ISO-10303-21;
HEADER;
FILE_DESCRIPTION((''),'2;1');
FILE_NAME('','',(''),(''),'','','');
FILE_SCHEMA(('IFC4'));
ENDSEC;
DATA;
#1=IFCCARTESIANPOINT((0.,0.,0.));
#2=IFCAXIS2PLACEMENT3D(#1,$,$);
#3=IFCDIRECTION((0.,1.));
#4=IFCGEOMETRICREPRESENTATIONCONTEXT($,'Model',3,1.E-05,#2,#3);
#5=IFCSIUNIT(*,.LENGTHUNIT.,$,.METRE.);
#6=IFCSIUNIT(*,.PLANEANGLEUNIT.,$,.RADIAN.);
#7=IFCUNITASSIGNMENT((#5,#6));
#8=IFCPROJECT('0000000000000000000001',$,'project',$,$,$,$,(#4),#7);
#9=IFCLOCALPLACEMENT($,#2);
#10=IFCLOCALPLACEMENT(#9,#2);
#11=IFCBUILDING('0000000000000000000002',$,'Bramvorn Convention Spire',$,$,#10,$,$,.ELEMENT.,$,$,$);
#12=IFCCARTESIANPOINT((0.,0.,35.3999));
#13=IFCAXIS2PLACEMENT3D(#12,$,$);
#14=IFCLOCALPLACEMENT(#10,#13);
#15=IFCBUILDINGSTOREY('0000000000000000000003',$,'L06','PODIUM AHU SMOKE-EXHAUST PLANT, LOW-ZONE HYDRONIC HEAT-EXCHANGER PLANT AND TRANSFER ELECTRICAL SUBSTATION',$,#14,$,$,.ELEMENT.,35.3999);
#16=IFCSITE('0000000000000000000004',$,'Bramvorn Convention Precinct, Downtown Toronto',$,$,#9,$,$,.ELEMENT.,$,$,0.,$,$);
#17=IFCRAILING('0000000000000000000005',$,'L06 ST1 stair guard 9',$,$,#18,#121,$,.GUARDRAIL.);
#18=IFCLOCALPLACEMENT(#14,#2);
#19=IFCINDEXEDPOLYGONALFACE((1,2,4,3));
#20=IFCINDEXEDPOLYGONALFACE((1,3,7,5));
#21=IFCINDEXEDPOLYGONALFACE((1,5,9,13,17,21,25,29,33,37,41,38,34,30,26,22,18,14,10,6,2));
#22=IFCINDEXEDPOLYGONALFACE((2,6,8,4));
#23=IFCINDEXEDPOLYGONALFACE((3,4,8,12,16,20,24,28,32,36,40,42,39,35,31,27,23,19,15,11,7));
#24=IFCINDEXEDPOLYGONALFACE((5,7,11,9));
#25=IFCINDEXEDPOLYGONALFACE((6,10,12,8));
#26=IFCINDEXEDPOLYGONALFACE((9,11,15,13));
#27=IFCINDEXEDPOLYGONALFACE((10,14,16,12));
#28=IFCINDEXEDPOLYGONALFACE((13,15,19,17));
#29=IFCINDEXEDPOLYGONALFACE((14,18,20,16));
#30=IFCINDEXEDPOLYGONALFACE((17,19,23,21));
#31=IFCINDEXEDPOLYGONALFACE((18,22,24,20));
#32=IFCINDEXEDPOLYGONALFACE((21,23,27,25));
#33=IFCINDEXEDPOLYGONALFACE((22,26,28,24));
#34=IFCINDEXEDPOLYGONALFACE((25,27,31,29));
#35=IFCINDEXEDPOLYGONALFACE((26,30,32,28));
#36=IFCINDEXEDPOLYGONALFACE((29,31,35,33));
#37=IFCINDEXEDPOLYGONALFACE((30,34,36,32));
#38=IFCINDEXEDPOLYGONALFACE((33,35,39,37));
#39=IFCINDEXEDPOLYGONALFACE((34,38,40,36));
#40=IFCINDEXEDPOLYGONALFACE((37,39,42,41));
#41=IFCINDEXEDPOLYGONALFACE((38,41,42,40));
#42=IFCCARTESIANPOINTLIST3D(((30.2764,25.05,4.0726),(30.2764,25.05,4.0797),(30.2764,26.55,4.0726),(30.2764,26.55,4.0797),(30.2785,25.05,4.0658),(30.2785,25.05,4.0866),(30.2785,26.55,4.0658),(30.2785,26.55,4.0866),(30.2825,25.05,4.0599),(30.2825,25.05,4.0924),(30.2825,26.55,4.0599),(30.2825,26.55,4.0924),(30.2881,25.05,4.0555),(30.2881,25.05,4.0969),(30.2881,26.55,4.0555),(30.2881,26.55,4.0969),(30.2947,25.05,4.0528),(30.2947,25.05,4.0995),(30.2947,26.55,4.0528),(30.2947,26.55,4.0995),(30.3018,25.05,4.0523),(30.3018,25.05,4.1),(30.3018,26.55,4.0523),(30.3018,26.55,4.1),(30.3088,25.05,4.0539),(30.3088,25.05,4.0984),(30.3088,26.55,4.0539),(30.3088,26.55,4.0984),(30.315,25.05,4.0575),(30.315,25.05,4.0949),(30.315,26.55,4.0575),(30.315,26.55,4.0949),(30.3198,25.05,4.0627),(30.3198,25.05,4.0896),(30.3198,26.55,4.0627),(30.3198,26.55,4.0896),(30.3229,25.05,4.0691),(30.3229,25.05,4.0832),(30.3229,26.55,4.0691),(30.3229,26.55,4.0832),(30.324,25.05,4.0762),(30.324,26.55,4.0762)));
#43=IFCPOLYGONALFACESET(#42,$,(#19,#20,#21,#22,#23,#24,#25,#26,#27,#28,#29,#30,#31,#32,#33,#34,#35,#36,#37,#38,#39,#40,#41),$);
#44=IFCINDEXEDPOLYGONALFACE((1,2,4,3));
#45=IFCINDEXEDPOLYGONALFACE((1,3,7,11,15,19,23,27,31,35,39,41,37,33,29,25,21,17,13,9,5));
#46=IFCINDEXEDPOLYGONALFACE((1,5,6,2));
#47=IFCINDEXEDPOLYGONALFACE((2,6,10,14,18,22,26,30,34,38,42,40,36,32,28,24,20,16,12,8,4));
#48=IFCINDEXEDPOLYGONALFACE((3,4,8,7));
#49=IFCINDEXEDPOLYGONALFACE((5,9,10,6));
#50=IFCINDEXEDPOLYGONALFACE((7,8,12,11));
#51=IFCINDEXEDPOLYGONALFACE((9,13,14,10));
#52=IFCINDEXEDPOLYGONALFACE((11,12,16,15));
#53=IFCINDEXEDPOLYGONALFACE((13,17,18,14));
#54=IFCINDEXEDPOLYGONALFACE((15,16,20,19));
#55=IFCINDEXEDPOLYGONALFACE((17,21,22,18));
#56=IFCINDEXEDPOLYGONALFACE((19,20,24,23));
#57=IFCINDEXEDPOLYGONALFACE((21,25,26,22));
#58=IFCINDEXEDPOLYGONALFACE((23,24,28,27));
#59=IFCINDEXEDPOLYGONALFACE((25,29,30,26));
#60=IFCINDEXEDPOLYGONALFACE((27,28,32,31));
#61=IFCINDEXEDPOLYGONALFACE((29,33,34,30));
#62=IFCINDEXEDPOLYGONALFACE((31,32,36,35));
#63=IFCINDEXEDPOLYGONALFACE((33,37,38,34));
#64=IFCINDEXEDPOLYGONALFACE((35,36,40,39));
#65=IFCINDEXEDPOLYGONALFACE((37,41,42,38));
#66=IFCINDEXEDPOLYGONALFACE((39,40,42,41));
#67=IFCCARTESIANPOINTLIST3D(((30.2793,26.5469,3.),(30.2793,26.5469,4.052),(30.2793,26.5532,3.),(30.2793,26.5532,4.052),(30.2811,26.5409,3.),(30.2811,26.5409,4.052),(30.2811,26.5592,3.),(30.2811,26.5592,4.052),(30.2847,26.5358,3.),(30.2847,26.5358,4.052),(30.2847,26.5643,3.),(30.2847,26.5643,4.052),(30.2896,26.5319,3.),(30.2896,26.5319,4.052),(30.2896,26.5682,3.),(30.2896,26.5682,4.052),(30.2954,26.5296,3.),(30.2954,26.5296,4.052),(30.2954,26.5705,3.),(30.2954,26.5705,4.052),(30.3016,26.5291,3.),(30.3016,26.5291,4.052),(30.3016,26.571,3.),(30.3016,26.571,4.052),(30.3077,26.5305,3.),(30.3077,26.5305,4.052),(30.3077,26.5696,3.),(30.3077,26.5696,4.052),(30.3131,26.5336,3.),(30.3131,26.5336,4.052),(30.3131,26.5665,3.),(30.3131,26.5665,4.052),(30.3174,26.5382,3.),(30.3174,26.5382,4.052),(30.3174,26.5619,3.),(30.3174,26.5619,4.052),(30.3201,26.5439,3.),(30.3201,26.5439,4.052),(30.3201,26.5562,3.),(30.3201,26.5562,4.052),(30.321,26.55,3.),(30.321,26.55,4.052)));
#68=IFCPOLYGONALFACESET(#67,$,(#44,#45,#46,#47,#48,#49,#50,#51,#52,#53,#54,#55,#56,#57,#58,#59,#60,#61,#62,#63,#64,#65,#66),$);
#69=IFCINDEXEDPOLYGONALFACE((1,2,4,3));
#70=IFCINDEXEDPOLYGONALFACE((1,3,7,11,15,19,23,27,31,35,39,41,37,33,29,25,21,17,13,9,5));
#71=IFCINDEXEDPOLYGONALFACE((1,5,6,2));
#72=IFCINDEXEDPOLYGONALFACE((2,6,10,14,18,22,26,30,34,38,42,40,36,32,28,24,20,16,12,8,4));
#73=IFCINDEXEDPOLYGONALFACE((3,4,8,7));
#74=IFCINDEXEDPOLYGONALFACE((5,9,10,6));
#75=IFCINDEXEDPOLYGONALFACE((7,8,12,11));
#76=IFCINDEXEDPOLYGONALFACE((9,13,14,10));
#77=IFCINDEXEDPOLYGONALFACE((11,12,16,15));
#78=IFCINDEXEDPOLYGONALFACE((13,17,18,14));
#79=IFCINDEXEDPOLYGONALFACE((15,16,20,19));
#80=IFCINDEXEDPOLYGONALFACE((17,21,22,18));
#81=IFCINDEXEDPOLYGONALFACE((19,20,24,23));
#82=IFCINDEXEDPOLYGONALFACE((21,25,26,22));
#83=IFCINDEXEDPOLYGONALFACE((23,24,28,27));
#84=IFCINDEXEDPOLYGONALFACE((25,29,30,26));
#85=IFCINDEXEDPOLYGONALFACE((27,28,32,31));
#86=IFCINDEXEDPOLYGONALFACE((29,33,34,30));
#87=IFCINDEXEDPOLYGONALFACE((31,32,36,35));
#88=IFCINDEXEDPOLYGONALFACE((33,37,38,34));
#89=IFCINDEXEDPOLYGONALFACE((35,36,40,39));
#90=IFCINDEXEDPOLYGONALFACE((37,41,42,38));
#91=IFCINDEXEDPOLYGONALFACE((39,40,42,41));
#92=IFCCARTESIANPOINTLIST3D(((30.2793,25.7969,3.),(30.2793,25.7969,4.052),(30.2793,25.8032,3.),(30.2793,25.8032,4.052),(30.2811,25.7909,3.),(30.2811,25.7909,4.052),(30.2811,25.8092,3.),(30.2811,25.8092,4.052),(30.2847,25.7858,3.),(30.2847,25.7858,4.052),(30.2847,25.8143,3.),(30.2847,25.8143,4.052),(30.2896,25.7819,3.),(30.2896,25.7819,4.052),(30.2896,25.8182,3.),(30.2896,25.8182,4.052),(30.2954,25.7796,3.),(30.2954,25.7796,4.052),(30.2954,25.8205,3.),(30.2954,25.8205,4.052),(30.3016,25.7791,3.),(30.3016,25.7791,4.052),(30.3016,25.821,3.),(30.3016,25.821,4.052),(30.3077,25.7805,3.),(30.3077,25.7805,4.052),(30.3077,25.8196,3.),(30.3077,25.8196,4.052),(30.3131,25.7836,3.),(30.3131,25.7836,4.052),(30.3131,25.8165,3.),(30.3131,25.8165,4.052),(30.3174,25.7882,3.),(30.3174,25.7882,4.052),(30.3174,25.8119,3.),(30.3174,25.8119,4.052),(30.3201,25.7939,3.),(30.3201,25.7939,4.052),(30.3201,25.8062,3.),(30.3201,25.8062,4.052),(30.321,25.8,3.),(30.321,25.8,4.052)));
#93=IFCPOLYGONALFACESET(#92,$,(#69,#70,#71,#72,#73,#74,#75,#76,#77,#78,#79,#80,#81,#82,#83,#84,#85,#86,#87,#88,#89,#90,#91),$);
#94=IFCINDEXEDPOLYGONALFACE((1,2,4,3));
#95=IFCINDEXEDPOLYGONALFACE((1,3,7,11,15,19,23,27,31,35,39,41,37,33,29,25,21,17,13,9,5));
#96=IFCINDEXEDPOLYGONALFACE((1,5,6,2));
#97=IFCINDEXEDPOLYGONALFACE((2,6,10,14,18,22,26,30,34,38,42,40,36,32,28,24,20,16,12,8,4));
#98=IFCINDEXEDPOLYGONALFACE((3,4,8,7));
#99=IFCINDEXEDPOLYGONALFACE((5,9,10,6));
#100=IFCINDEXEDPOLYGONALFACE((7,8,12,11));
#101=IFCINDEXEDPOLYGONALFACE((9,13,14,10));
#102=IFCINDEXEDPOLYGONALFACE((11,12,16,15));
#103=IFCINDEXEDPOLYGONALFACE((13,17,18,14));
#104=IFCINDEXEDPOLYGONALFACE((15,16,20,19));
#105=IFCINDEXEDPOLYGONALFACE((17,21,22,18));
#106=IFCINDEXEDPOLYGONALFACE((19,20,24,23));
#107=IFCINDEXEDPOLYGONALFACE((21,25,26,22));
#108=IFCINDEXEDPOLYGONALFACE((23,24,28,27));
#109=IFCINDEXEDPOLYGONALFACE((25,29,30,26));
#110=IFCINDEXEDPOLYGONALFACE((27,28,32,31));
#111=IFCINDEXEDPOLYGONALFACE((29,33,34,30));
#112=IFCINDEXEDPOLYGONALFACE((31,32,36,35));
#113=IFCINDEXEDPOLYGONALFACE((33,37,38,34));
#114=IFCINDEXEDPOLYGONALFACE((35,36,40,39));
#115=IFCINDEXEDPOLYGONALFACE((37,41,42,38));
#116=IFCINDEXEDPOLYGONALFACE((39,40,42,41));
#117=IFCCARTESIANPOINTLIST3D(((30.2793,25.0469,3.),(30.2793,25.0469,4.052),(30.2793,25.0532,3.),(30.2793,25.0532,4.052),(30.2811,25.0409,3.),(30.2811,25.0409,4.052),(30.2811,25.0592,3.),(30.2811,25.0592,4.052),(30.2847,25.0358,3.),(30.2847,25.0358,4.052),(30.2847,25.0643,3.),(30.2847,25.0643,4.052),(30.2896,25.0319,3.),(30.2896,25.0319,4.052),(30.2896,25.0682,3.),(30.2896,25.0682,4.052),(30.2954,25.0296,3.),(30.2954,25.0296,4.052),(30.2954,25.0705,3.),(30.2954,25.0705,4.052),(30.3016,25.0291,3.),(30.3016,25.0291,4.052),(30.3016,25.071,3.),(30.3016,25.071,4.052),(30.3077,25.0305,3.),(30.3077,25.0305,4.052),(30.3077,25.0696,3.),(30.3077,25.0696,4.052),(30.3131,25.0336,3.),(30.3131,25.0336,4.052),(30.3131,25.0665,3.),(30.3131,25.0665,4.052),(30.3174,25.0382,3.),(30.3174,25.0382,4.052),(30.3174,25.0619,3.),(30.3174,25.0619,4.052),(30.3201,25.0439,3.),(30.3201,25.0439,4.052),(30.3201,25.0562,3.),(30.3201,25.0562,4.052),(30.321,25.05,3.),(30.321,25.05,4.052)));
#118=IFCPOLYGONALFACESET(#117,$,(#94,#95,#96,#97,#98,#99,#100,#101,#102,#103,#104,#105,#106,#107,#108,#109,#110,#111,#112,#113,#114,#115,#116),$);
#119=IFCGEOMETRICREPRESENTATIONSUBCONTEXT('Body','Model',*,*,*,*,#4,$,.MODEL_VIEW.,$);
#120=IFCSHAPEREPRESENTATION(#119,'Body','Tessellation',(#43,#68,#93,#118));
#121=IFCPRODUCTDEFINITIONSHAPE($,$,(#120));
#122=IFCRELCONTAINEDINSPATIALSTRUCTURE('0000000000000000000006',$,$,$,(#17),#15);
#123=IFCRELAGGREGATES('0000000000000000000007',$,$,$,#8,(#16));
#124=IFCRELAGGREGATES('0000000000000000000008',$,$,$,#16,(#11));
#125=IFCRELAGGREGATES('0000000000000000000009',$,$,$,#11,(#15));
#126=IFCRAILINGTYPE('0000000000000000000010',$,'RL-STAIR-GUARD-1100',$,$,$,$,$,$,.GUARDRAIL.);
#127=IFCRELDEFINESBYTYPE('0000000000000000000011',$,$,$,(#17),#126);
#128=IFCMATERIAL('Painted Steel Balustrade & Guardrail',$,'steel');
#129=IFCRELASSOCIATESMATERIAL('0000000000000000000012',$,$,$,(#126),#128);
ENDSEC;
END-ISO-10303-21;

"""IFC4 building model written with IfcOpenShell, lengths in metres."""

from ifc_helpers import new_model, si_unit, direction, frame, origin, origin_2d, place, context, subcontext, project, spatial, circle, extrude, material, type_object, element, save


model = new_model("IFC4")

# Units and contexts
model_context = context("Model", 3, precision=1e-05, world=origin(), true_north=direction((0.0, 1.0)))
body_context = subcontext(model_context, "Body", "Model", "MODEL_VIEW")
ifc_project = project(units=[si_unit("LENGTHUNIT", "METRE"), si_unit("PLANEANGLEUNIT", "RADIAN")], contexts=[model_context])

# Site, building, storey
site_placement = place(None, origin())
site = spatial("IfcSite", under=ifc_project, at=site_placement, Name="Bramvorn Convention Precinct, Downtown Toronto", CompositionType="ELEMENT", RefElevation=0.0)
building_placement = place(site_placement, origin())
building = spatial("IfcBuilding", under=site, at=building_placement, Name="Bramvorn Convention Spire", CompositionType="ELEMENT")
storey_placement = place(building_placement, frame((0.0, 0.0, 35.3999)))
storey = spatial("IfcBuildingStorey", under=building, at=storey_placement, Name="L06", Description="PODIUM AHU SMOKE-EXHAUST PLANT, LOW-ZONE HYDRONIC HEAT-EXCHANGER PLANT AND TRANSFER ELECTRICAL SUBSTATION", CompositionType="ELEMENT", Elevation=35.3999)

# Railing
ifc_material_1 = material(Name="Painted Steel Balustrade & Guardrail", Category="steel")
railing_type_1 = type_object("IfcRailingType", Name="RL-STAIR-GUARD-1100", PredefinedType="GUARDRAIL", material=ifc_material_1)
for number, where, name in (
    (1, (30.3, 26.55, 3.0), "L06 ST1 stair guard 9"),
):
    element("IfcRailing", number, at=place(storey_placement, frame(where)), inside=storey, type_object=railing_type_1, Name=name, PredefinedType="GUARDRAIL", context=body_context, shape_type="SweptSolid", body=[
        extrude(circle(Radius=0.0239, at=origin_2d()), frame((0.0, 0.0, 1.0762), z_axis=(0.0, -1.0, 0.0), x_axis=(1.0, 0.0, 0.0)), (0.0, 0.0, 1.0), 1.5),
        extrude(circle(Radius=0.021, at=origin_2d()), origin(), (0.0, 0.0, 1.0), 1.052),
        extrude(circle(Radius=0.021, at=origin_2d()), frame((0.0, -0.75, 0.0)), (0.0, 0.0, 1.0), 1.052),
        extrude(circle(Radius=0.021, at=origin_2d()), frame((0.0, -1.5, 0.0)), (0.0, 0.0, 1.0), 1.052),
    ])

save(model, "model.ifc")
